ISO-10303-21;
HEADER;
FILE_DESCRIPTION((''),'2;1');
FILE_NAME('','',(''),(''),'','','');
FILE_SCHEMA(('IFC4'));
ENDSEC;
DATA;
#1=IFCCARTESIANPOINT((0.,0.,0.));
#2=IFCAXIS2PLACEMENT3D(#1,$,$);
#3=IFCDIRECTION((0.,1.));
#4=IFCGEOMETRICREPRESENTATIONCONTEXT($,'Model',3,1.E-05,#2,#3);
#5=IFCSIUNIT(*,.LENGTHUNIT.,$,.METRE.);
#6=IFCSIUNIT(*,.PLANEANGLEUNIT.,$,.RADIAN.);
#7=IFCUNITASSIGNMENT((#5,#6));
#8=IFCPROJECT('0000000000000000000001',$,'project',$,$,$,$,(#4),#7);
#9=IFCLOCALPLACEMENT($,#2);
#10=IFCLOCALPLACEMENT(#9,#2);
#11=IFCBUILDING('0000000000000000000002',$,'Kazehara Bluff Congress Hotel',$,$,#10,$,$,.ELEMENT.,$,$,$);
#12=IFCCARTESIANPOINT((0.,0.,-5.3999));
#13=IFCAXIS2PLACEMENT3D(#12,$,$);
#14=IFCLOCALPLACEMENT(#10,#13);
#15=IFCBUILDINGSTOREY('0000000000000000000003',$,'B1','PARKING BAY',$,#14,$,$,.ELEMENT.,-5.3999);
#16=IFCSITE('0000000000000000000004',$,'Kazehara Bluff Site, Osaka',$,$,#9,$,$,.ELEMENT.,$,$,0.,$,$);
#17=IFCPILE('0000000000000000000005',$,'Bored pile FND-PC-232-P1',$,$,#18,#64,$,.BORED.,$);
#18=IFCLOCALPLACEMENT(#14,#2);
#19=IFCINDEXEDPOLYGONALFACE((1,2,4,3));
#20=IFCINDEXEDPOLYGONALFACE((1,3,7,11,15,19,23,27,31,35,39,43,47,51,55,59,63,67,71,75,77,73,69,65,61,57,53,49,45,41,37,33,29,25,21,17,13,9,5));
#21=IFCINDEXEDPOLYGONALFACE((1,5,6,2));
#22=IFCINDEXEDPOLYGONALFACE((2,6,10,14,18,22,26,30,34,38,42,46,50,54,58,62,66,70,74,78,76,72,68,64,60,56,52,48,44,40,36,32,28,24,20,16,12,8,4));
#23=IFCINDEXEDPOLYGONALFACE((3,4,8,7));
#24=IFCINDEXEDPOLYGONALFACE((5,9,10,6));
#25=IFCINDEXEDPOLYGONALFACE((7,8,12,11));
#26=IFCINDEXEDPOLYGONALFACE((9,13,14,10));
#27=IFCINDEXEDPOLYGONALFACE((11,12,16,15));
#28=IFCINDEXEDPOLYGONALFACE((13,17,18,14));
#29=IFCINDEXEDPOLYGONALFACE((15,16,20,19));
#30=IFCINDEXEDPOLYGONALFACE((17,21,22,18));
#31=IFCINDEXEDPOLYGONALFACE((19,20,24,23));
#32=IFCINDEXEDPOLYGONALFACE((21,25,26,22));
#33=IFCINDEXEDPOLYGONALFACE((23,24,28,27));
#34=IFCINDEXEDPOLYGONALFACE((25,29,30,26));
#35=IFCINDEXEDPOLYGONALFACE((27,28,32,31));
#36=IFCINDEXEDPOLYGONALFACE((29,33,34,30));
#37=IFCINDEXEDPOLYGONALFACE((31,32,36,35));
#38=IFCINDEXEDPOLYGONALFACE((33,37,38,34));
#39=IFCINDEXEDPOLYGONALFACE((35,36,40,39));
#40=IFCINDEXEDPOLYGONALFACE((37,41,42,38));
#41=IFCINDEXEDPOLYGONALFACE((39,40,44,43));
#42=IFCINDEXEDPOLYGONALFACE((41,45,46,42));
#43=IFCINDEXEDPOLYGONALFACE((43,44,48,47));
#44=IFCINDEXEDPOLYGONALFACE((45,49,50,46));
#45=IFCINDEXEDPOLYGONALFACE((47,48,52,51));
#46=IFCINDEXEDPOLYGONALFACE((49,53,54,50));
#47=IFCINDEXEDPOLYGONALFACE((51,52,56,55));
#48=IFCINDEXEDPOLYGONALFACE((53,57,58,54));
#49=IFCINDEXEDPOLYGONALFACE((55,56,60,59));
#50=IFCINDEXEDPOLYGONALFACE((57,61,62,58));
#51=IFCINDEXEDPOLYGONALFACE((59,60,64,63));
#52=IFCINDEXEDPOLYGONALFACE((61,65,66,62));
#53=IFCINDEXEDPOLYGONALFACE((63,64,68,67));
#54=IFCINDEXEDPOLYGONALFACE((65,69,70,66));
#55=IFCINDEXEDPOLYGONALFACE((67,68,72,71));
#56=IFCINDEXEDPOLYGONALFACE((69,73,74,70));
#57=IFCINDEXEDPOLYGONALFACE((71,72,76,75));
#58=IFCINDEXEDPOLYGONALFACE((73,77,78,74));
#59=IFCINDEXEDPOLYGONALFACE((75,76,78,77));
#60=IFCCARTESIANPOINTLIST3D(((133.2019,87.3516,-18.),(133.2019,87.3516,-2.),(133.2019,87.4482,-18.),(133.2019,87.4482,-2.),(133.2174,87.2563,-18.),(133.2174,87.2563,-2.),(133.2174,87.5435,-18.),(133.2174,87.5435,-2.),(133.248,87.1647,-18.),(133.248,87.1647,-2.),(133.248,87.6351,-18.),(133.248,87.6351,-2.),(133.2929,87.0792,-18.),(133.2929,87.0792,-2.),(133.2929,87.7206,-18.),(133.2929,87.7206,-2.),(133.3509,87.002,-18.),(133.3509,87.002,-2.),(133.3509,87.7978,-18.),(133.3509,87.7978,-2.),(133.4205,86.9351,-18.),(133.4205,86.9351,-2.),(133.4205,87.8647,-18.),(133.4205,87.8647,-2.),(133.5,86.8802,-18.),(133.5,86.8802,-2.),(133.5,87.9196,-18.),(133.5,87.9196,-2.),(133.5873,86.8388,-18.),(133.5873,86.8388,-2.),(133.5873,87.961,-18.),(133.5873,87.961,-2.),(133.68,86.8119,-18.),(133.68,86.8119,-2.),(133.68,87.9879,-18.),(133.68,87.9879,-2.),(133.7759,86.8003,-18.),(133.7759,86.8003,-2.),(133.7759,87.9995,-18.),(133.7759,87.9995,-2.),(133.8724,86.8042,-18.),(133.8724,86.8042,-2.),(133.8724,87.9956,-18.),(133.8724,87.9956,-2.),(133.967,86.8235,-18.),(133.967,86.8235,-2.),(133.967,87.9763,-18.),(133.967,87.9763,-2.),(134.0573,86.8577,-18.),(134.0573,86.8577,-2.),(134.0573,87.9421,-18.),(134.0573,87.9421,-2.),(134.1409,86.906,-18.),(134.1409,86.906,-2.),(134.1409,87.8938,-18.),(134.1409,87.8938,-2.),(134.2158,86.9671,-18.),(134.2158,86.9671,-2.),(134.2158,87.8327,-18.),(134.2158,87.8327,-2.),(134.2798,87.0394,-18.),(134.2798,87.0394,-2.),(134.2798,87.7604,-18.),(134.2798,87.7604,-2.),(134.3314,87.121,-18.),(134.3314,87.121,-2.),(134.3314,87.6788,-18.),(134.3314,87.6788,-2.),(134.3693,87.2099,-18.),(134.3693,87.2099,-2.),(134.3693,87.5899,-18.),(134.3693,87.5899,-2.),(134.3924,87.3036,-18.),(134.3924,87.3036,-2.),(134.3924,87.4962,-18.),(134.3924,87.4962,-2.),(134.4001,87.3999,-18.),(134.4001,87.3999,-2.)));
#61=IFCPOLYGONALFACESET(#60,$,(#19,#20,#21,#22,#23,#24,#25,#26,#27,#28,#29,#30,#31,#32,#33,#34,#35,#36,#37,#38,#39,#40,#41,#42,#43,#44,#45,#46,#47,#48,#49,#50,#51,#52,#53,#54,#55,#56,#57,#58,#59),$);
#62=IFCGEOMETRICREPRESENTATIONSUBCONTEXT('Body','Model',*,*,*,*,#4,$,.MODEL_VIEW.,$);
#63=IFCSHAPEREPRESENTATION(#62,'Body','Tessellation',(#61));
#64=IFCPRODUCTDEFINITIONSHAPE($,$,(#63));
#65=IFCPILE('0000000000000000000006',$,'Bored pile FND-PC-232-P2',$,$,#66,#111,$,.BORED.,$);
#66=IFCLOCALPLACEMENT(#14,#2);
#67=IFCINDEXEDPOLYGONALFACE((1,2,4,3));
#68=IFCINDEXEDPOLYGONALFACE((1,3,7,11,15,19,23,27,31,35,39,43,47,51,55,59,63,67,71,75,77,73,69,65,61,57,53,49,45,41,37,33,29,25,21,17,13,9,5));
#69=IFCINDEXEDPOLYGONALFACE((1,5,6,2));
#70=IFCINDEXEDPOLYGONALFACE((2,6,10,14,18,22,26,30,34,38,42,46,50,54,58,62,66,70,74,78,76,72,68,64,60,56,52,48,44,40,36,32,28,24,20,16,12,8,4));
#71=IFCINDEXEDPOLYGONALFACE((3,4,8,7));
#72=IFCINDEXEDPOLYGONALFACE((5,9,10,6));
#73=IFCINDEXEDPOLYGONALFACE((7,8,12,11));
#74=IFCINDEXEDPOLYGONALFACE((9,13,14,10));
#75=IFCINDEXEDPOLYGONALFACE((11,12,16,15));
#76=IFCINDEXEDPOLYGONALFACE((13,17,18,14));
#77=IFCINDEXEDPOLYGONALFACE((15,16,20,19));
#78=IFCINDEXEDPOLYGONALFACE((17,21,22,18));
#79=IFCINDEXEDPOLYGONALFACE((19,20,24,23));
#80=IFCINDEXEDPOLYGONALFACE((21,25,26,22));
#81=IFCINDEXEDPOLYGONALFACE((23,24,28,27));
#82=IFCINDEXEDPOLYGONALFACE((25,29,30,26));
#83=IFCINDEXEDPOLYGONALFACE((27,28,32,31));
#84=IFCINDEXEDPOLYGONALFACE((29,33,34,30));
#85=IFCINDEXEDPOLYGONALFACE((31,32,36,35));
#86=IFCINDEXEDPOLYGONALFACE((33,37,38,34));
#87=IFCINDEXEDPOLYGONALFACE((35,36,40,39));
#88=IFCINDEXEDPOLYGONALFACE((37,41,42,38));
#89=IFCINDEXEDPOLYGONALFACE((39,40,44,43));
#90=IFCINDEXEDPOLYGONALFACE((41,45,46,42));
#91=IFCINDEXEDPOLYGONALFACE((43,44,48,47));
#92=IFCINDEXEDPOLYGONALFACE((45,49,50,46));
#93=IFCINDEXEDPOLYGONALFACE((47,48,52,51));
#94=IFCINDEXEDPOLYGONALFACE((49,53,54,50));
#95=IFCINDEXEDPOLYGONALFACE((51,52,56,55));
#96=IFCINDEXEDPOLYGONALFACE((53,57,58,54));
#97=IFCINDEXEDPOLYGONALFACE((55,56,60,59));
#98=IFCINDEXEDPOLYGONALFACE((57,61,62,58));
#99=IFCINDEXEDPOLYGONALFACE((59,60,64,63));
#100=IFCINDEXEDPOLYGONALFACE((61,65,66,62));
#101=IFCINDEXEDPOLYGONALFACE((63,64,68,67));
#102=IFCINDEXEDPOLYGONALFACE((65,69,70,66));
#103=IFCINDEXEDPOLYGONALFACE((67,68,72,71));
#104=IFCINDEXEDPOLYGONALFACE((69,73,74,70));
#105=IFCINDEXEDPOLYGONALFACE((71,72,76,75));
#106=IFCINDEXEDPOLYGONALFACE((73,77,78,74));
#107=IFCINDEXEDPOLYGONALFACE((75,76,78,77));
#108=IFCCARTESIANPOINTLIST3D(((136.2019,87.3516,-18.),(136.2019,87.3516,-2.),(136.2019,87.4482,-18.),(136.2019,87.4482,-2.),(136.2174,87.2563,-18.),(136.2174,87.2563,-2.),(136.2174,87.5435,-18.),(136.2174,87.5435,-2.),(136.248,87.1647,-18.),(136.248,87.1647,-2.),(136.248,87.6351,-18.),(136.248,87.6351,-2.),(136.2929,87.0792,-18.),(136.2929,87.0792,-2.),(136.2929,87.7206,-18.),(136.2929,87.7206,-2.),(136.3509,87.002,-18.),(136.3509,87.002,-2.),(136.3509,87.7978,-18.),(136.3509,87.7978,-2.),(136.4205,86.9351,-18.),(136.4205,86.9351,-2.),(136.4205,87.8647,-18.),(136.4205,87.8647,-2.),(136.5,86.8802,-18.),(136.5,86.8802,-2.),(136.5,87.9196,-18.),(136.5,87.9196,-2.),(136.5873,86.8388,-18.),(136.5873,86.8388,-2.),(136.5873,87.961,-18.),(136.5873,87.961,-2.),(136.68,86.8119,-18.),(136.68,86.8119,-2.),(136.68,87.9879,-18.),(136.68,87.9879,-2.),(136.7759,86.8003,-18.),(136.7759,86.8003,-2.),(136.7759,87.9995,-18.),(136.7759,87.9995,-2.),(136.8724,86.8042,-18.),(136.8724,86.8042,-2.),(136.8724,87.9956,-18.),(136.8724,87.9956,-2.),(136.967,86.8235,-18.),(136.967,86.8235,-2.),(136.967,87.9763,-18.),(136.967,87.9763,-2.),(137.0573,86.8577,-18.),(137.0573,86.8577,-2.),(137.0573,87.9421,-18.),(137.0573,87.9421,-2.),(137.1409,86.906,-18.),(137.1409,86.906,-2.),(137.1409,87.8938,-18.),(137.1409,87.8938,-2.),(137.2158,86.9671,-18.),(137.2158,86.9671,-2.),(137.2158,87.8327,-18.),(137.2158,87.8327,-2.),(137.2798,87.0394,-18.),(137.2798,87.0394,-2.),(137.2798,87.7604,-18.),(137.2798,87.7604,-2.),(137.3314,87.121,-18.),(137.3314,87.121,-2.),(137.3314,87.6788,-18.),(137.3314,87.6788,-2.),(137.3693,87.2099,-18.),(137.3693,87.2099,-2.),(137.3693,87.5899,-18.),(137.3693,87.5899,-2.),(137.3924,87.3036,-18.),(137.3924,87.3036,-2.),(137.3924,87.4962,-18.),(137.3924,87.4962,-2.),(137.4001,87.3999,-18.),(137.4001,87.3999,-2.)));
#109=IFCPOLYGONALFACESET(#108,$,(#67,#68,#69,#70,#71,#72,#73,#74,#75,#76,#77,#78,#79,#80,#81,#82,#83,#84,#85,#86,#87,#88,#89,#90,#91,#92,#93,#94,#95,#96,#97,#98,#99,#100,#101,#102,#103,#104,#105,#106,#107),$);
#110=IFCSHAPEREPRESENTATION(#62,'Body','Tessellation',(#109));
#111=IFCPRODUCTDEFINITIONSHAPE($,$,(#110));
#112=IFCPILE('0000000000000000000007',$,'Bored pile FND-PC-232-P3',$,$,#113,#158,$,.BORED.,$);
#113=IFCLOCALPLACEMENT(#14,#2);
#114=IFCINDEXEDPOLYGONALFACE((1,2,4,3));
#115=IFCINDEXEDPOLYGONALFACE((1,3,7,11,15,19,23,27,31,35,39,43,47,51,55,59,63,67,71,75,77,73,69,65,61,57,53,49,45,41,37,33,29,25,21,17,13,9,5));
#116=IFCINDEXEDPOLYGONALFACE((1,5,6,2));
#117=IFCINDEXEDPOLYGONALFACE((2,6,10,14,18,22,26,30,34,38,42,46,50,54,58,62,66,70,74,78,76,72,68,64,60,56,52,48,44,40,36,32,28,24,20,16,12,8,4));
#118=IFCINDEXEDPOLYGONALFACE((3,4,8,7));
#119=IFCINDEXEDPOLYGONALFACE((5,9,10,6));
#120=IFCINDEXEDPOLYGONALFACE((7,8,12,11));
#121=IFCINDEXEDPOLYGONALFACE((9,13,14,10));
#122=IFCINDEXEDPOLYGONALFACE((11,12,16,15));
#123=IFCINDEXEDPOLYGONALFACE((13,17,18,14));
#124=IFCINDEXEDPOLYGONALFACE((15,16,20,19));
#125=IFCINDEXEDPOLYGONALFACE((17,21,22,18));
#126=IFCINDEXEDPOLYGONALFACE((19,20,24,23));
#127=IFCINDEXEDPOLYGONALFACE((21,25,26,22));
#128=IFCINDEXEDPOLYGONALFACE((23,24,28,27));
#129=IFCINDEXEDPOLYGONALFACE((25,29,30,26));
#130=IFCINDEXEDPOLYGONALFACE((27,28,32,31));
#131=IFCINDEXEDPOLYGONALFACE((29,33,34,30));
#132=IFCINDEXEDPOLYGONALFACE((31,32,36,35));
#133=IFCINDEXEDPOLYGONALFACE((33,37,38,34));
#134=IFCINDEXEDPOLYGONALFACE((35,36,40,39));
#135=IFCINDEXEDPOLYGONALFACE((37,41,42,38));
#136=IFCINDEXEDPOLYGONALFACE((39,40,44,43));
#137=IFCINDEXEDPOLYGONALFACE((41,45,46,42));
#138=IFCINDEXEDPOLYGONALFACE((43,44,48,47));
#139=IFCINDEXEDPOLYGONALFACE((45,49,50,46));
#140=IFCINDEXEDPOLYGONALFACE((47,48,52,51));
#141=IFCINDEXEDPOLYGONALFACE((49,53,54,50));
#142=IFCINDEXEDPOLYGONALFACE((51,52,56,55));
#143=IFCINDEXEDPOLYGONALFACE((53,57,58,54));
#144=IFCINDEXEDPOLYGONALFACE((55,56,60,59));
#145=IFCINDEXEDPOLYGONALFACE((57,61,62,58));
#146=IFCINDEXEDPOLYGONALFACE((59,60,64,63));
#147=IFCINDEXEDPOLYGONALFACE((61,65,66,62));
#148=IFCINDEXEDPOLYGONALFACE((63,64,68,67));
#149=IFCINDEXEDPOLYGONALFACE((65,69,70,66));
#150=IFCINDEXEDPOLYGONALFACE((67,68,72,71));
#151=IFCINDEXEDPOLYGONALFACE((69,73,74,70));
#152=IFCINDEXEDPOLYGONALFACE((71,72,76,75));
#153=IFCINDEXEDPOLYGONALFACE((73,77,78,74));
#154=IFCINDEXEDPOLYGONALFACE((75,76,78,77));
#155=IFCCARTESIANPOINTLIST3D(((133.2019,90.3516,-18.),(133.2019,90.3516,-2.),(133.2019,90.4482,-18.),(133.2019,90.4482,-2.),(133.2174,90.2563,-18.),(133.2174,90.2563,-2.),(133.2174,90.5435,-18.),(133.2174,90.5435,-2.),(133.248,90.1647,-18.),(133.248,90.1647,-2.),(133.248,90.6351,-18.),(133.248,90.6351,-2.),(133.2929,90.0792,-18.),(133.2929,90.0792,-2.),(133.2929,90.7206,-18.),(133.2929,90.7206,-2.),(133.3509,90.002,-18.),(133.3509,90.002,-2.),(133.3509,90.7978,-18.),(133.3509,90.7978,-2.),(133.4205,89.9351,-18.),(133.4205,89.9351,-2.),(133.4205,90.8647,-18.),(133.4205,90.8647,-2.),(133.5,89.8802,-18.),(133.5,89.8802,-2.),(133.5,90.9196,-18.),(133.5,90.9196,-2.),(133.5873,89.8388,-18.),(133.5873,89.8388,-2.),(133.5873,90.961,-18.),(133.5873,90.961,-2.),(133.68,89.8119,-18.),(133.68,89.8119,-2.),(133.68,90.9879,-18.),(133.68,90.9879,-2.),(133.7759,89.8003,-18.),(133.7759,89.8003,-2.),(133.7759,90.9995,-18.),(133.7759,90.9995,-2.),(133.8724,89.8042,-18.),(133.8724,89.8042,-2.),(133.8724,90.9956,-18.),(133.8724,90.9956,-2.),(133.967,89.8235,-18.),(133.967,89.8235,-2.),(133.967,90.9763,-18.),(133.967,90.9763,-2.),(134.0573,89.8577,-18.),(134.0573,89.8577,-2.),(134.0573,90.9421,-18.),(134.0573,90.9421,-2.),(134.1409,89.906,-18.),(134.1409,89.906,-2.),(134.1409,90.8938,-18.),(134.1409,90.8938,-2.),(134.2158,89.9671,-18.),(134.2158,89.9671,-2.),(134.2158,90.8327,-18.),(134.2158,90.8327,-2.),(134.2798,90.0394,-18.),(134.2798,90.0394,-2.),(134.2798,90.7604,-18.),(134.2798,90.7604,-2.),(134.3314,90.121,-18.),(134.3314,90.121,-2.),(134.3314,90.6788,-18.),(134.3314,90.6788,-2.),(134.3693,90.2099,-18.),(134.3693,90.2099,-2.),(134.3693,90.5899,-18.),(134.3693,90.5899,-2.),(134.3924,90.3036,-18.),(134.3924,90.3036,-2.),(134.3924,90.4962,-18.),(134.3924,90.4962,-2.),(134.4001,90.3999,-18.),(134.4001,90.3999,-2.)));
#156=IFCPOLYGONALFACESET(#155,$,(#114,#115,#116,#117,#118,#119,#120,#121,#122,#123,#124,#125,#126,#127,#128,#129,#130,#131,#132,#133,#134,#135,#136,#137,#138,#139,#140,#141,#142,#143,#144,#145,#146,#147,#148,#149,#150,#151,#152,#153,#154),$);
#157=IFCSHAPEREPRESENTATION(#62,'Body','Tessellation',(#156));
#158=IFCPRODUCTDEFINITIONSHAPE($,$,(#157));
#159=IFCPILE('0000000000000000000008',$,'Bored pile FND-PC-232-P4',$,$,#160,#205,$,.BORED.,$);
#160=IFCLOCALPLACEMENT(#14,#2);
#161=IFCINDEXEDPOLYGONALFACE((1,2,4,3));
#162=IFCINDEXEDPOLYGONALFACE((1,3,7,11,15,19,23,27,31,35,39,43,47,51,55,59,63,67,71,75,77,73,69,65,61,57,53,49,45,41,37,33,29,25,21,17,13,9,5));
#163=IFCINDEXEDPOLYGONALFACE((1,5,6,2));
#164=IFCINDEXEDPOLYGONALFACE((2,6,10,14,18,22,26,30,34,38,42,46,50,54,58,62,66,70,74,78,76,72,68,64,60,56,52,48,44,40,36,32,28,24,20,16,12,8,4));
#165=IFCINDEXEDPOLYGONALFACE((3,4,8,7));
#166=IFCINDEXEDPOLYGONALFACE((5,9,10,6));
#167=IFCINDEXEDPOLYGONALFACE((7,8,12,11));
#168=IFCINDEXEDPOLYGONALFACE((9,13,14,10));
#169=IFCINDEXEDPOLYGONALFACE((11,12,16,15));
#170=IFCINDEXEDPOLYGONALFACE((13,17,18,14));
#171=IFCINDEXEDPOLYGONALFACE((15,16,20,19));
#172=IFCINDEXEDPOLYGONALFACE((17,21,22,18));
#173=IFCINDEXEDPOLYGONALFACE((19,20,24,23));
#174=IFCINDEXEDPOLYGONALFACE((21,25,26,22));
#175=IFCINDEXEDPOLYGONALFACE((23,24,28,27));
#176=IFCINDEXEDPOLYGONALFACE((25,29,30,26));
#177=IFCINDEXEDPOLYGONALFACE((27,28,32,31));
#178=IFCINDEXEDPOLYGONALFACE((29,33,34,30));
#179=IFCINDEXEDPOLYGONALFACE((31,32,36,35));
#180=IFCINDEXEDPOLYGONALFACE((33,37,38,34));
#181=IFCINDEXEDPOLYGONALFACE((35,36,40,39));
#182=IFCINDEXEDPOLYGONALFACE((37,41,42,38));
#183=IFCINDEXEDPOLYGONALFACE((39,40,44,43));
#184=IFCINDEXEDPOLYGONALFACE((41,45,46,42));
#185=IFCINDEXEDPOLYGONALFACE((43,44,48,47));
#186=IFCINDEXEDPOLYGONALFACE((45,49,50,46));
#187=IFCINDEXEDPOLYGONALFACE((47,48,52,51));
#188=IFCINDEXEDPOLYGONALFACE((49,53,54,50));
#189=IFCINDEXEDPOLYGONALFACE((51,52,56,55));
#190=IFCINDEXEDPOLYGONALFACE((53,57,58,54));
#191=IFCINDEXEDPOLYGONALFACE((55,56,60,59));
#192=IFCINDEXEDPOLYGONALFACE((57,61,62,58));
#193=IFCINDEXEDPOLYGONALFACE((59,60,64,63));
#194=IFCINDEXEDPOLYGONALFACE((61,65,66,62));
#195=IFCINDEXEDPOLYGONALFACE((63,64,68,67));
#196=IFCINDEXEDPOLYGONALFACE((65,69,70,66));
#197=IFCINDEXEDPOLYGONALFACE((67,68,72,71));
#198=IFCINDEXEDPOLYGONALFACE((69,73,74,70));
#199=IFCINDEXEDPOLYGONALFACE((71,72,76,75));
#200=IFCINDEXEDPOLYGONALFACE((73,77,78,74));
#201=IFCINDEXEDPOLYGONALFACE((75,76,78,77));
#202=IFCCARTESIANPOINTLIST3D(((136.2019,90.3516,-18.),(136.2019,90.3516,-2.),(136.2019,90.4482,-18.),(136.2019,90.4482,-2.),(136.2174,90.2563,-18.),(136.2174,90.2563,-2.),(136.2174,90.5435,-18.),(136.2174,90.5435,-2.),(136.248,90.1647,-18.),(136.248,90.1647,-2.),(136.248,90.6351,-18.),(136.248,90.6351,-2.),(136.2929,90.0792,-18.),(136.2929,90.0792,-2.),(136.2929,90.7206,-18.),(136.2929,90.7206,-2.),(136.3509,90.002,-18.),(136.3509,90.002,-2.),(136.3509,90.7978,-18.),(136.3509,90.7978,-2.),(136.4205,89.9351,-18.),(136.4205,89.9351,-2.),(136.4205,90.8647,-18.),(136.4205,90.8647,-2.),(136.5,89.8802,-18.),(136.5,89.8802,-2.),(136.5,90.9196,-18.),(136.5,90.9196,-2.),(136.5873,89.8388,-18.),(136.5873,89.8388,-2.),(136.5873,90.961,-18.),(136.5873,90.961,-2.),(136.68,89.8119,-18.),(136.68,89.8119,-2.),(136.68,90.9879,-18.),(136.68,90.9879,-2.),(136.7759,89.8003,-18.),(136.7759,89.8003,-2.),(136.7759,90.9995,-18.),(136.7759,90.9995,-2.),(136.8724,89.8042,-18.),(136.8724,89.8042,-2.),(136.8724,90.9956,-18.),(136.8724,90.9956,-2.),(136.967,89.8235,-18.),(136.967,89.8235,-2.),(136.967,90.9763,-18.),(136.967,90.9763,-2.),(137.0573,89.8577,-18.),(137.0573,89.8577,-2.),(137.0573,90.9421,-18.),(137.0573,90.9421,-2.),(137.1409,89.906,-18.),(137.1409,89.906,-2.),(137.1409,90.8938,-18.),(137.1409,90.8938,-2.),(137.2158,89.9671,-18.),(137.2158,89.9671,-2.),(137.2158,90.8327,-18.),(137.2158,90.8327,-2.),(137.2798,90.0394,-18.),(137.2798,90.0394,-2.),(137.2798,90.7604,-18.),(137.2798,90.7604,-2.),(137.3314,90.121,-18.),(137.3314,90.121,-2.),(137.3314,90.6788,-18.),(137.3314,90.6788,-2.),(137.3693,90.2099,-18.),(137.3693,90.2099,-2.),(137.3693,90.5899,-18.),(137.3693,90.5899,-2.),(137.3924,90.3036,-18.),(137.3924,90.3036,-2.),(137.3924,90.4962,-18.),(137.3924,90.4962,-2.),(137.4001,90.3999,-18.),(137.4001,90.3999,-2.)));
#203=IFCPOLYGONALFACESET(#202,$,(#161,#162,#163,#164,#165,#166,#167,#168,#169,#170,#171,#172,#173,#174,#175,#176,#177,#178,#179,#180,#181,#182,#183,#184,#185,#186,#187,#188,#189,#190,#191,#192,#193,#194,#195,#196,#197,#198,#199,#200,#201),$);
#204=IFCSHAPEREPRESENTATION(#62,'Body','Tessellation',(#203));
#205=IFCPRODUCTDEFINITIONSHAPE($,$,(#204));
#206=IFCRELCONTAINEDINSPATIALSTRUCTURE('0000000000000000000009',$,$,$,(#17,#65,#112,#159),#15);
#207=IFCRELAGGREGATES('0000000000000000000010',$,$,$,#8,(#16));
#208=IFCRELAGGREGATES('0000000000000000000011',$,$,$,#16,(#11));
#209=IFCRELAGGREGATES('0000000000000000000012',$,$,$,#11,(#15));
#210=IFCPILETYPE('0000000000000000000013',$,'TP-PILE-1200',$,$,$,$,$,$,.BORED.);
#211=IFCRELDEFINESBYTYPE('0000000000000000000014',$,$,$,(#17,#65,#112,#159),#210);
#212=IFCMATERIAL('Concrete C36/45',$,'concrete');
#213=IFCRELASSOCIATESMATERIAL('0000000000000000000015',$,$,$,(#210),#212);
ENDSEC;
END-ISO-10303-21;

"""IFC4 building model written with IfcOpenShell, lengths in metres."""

from ifc_helpers import new_model, si_unit, direction, frame, origin, origin_2d, place, context, subcontext, project, spatial, circle, extrude, material, material_profile, profile_set, type_object, element, save


model = new_model("IFC4")

# Units and contexts
model_context = context("Model", 3, precision=1e-05, world=origin(), true_north=direction((0.0, 1.0)))
body_context = subcontext(model_context, "Body", "Model", "MODEL_VIEW")
ifc_project = project(units=[si_unit("LENGTHUNIT", "METRE"), si_unit("PLANEANGLEUNIT", "RADIAN")], contexts=[model_context])

# Site, building, storey
site_placement = place(None, origin())
site = spatial("IfcSite", under=ifc_project, at=site_placement, Name="Kazehara Bluff Site, Osaka", CompositionType="ELEMENT", RefElevation=0.0)
building_placement = place(site_placement, origin())
building = spatial("IfcBuilding", under=site, at=building_placement, Name="Kazehara Bluff Congress Hotel", CompositionType="ELEMENT")
storey_placement = place(building_placement, frame((0.0, 0.0, -5.3999)))
storey = spatial("IfcBuildingStorey", under=building, at=storey_placement, Name="B1", Description="PARKING BAY", CompositionType="ELEMENT", Elevation=-5.3999)

# Piles
ifc_material_1 = material(Name="Concrete C36/45", Category="concrete")
ifc_material_profile_1 = material_profile(ifc_material_1, circle(Radius=0.6001, at=origin_2d()))
ifc_profile_set_1 = profile_set([ifc_material_profile_1], Name="Concrete C36/45")
pile_type_1 = type_object("IfcPileType", Name="TP-PILE-1200", PredefinedType="BORED", material=ifc_profile_set_1)
for number, where, z_axis, x_axis, name in (
    (1, (133.8, 87.3999, -2.0), (0.0, 0.0, -1.0), (1.0, 0.0, 0.0), "Bored pile FND-PC-232-P1"),
    (2, (136.8, 87.3999, -2.0), (0.0, 0.0, -1.0), (1.0, 0.0, 0.0), "Bored pile FND-PC-232-P2"),
    (3, (133.8, 90.3999, -2.0), (0.0, 0.0, -1.0), (1.0, 0.0, 0.0), "Bored pile FND-PC-232-P3"),
    (4, (136.8, 90.3999, -2.0), (0.0, 0.0, -1.0), (1.0, 0.0, 0.0), "Bored pile FND-PC-232-P4"),
):
    element("IfcPile", number, at=place(storey_placement, frame(where, z_axis=z_axis, x_axis=x_axis)), inside=storey, type_object=pile_type_1, Name=name, PredefinedType="BORED", context=body_context, shape_type="SweptSolid", body=[
        extrude(circle(Radius=0.6001, at=origin_2d()), origin(), (0.0, 0.0, 1.0), 16.0),
    ])

save(model, "model.ifc")
